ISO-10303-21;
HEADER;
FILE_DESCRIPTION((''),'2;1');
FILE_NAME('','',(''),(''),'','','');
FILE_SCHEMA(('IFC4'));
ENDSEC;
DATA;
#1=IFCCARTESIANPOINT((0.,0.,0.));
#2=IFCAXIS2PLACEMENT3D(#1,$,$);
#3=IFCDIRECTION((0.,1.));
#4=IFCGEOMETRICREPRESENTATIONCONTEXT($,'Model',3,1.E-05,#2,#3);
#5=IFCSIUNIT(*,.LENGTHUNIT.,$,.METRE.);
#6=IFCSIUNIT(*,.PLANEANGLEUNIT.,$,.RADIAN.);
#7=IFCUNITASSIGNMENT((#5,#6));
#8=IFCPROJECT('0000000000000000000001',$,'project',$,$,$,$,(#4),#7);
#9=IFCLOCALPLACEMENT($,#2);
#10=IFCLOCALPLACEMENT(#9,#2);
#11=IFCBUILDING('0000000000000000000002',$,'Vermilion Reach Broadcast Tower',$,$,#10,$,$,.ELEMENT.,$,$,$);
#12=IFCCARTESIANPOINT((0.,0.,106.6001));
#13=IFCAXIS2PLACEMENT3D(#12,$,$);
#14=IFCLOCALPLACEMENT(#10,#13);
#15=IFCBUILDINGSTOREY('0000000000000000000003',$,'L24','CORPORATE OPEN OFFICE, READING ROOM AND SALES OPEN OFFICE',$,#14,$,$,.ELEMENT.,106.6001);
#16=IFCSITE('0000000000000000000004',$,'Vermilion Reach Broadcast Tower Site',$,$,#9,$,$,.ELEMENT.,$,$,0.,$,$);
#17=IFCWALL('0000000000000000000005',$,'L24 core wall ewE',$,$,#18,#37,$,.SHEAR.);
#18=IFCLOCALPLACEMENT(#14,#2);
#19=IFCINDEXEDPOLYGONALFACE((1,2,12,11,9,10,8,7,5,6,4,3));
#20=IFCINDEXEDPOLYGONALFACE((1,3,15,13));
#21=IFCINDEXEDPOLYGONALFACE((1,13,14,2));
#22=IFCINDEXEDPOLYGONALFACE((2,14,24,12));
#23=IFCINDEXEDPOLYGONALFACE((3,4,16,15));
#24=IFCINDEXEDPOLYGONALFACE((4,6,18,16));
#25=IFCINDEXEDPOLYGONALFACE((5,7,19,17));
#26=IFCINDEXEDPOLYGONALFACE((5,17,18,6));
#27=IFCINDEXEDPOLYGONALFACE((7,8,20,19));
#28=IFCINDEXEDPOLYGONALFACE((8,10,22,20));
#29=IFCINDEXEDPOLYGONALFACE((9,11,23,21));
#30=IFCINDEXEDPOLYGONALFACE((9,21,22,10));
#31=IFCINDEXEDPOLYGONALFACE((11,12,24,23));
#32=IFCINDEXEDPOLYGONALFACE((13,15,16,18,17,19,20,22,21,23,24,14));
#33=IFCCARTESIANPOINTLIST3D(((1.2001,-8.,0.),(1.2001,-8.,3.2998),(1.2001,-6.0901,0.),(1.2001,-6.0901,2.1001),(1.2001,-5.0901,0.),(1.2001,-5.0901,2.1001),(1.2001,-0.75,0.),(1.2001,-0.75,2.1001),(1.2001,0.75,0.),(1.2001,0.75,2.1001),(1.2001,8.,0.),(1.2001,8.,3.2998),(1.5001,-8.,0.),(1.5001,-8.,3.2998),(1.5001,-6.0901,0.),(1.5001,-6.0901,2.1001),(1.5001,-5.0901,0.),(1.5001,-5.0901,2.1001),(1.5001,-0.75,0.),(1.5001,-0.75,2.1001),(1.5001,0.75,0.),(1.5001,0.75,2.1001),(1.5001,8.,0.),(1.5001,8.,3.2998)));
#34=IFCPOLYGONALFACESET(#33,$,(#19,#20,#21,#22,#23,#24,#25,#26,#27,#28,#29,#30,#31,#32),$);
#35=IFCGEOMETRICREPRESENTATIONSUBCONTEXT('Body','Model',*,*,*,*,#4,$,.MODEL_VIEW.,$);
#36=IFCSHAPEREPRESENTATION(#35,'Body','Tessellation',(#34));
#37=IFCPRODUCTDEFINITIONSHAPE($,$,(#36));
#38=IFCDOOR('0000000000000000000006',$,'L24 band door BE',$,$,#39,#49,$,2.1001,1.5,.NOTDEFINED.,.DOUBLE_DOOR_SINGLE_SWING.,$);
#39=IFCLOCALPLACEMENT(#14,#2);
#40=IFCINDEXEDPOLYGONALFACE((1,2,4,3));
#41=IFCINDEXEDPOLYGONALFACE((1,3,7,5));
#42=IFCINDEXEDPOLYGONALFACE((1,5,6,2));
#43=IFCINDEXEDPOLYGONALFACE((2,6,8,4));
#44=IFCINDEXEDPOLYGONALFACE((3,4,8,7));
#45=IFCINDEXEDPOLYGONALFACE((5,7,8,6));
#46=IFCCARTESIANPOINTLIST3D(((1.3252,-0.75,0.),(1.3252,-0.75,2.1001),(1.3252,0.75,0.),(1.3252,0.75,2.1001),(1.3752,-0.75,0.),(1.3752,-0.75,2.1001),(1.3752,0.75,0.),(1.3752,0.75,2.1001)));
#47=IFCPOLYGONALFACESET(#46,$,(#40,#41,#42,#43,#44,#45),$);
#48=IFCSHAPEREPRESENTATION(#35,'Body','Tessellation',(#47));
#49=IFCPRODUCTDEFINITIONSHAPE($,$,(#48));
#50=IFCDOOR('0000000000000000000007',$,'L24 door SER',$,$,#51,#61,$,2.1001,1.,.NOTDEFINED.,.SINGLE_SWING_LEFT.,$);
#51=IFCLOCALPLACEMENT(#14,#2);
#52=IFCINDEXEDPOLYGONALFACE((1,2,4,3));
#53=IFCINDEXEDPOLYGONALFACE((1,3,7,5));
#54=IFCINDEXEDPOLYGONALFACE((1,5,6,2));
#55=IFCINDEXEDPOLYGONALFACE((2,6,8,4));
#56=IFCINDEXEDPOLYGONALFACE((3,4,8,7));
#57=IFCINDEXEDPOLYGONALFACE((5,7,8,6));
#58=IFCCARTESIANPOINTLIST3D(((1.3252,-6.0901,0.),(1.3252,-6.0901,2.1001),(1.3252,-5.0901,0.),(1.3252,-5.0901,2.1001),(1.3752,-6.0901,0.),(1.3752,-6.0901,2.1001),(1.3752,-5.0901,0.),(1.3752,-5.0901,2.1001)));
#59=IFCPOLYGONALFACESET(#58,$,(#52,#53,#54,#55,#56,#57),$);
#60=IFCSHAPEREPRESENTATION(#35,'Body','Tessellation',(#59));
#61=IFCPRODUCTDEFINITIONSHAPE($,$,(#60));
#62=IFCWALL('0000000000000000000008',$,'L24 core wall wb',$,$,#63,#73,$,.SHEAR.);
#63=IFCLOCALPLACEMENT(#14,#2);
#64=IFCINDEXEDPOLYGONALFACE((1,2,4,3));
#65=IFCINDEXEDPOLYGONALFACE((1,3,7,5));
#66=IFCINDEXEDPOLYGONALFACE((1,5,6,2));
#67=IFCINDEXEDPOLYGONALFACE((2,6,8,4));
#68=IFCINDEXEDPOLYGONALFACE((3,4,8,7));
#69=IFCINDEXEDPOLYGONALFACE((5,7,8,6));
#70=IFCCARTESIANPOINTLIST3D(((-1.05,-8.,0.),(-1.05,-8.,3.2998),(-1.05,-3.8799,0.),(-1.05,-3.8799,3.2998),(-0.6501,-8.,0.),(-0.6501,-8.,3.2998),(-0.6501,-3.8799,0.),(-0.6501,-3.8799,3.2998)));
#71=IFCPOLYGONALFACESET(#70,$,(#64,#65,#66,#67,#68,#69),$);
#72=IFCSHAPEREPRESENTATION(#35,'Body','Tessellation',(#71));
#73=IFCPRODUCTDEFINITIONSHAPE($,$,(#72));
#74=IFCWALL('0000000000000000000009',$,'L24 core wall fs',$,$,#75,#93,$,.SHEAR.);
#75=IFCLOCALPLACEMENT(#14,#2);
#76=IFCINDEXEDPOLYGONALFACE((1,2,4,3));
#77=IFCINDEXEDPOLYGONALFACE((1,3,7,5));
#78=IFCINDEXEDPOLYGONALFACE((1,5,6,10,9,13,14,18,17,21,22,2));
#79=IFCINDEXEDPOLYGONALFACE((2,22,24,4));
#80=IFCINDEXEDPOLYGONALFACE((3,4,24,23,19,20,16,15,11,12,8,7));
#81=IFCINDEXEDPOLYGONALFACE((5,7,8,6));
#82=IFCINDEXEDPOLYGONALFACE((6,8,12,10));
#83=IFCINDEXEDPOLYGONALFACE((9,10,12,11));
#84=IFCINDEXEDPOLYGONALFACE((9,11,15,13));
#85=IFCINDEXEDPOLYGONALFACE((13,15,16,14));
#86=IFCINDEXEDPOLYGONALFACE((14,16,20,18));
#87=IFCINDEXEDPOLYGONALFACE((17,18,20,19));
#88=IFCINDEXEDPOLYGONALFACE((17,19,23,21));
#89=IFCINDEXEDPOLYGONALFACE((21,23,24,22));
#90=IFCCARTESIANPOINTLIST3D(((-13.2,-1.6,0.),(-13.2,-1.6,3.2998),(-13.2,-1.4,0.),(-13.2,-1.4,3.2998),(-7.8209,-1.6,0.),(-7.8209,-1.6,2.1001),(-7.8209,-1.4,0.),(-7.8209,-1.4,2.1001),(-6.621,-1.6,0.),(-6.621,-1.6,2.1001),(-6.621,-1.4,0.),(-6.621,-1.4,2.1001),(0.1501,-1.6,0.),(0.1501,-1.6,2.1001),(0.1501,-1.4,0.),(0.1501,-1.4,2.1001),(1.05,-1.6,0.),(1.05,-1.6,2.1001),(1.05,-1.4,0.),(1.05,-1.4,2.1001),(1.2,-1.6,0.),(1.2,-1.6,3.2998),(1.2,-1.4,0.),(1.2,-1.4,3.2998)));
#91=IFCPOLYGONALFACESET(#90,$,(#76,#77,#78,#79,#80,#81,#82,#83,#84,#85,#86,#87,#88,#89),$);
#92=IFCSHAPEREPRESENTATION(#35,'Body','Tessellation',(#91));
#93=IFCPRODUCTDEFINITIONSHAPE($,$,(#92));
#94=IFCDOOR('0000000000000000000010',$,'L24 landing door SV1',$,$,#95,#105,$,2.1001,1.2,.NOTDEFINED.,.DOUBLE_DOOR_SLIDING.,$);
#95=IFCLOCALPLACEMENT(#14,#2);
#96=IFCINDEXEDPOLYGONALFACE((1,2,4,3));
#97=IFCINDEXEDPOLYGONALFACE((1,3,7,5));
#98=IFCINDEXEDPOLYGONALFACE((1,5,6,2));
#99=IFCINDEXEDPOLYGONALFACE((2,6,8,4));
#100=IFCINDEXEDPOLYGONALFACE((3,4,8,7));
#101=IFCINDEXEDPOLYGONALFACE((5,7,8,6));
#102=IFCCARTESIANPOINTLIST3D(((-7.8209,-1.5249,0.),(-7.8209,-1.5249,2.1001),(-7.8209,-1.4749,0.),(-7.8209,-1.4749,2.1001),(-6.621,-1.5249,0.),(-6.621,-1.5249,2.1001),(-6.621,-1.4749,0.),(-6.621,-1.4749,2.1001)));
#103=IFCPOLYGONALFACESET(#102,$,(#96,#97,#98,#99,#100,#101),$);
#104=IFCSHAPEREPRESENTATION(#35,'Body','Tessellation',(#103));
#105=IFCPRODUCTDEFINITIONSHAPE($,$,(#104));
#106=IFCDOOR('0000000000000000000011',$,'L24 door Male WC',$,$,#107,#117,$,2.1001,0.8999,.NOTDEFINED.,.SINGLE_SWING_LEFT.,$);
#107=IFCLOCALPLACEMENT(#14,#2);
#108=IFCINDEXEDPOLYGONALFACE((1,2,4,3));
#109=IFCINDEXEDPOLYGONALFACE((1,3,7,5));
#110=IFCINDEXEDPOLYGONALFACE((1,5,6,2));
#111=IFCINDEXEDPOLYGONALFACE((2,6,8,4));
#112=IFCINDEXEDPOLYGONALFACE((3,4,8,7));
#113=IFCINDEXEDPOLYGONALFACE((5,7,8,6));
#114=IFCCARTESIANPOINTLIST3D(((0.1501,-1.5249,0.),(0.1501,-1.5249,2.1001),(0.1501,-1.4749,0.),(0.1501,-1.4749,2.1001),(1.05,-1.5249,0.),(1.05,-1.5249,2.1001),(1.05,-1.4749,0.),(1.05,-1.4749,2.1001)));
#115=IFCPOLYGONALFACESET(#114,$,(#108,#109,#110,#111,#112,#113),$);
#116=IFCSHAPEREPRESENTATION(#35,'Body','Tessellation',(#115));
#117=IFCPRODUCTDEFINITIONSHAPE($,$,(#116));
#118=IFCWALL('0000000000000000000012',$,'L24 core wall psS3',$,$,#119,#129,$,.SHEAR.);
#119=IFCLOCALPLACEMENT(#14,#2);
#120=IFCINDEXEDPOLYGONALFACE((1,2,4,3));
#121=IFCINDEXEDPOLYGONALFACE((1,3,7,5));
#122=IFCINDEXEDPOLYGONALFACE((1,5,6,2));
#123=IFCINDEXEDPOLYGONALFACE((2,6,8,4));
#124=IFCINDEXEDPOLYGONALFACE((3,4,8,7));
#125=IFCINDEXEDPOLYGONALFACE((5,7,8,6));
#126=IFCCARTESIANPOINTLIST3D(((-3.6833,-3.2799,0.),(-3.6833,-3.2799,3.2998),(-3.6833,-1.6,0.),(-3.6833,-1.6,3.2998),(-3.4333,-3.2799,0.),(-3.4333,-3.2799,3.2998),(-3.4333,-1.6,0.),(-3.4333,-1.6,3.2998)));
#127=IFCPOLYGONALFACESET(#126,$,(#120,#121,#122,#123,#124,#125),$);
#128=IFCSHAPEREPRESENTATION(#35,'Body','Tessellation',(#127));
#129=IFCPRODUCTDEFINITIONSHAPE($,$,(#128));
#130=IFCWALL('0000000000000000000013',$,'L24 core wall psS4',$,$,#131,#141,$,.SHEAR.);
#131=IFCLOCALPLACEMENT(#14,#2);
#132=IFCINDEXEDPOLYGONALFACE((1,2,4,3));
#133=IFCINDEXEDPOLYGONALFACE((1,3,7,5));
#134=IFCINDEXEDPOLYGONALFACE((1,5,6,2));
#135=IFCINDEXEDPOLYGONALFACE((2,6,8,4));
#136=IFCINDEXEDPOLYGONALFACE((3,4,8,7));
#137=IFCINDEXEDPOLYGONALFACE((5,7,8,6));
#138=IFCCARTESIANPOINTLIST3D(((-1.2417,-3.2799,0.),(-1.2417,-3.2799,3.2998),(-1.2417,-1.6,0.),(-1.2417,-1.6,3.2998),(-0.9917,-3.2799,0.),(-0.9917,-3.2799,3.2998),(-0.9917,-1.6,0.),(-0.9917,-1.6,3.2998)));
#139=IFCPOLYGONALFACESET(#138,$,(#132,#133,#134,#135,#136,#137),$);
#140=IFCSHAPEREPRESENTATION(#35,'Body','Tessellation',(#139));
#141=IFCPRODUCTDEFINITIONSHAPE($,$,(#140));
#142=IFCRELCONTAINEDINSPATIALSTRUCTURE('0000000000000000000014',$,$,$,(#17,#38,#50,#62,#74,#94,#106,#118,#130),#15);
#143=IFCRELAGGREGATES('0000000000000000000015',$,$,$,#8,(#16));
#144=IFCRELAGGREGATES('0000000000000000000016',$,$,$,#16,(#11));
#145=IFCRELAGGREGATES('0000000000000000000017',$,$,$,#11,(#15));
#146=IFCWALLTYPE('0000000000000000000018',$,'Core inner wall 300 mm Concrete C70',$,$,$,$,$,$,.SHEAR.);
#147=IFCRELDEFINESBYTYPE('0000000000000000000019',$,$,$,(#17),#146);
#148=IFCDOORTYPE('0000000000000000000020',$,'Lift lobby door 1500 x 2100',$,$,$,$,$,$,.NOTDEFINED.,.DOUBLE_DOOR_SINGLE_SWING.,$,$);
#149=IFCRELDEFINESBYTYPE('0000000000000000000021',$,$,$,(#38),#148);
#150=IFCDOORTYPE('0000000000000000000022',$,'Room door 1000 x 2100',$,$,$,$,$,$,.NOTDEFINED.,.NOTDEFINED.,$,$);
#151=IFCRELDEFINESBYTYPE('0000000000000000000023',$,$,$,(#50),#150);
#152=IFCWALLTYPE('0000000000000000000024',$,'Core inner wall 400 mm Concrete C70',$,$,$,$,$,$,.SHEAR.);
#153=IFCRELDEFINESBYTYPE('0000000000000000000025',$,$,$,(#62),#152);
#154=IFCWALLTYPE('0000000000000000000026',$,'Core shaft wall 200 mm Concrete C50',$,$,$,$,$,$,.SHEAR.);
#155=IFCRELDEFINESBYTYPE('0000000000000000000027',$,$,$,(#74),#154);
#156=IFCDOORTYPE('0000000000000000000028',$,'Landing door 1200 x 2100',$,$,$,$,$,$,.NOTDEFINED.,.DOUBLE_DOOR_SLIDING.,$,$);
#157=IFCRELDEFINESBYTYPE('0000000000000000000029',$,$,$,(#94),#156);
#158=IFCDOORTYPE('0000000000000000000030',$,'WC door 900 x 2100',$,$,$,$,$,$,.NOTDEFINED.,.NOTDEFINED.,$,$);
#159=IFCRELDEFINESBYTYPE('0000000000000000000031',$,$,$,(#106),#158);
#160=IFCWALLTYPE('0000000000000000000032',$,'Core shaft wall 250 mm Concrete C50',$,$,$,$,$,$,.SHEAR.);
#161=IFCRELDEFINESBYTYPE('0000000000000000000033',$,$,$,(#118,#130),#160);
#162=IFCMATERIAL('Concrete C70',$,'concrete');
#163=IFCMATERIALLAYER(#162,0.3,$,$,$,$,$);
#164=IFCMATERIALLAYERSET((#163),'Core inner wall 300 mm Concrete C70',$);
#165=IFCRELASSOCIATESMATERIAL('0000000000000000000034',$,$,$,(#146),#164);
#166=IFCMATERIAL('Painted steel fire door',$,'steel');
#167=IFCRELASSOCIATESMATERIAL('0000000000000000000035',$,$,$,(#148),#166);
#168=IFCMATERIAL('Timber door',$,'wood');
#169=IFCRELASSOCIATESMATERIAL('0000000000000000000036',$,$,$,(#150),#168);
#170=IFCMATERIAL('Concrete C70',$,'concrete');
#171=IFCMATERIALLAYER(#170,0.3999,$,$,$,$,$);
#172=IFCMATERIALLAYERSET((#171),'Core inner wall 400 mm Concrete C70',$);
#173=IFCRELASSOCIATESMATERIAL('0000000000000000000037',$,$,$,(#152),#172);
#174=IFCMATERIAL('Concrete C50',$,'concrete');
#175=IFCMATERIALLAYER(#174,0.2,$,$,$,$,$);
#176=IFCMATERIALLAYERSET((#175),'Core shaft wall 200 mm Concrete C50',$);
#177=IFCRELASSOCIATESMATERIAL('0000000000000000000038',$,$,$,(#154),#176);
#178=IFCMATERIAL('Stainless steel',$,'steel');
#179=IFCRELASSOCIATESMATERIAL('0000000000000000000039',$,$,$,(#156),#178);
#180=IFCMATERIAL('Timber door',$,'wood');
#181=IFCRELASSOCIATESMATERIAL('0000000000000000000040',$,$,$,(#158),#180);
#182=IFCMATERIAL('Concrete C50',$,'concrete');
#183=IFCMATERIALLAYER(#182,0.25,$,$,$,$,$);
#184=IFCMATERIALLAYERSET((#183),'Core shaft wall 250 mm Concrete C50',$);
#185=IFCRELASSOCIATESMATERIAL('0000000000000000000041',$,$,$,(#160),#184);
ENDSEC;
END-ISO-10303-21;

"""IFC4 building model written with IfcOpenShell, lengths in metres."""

from ifc_helpers import new_model, si_unit, direction, frame, frame_2d, origin, place, context, subcontext, project, spatial, rectangle, extrude, material, layer, layer_set, type_object, element, fill, save


model = new_model("IFC4")

# Units and contexts
model_context = context("Model", 3, precision=1e-05, world=origin(), true_north=direction((0.0, 1.0)))
body_context = subcontext(model_context, "Body", "Model", "MODEL_VIEW")
ifc_project = project(units=[si_unit("LENGTHUNIT", "METRE"), si_unit("PLANEANGLEUNIT", "RADIAN")], contexts=[model_context])

# Site, building, storey
site_placement = place(None, origin())
site = spatial("IfcSite", under=ifc_project, at=site_placement, Name="Vermilion Reach Broadcast Tower Site", CompositionType="ELEMENT", RefElevation=0.0)
building_placement = place(site_placement, origin())
building = spatial("IfcBuilding", under=site, at=building_placement, Name="Vermilion Reach Broadcast Tower", CompositionType="ELEMENT")
storey_placement = place(building_placement, frame((0.0, 0.0, 106.6001)))
storey = spatial("IfcBuildingStorey", under=building, at=storey_placement, Name="L24", Description="CORPORATE OPEN OFFICE, READING ROOM AND SALES OPEN OFFICE", CompositionType="ELEMENT", Elevation=106.6001)

# Wall, openings, doors
ifc_material_1 = material(Name="Concrete C70", Category="concrete")
ifc_layer_1 = layer(ifc_material_1, 0.3)
ifc_layer_set_1 = layer_set([ifc_layer_1], Name="Core inner wall 300 mm Concrete C70")
wall_type_1 = type_object("IfcWallType", Name="Core inner wall 300 mm Concrete C70", PredefinedType="SHEAR", material=ifc_layer_set_1)
wall_1_placement = place(storey_placement, frame((1.3501, -8.0, 0.0), z_axis=(0.0, 0.0, 1.0), x_axis=(0.0, 1.0, 0.0)))
wall_1 = element("IfcWall", 1, at=wall_1_placement, inside=storey, type_object=wall_type_1, Name="L24 core wall ewE", PredefinedType="SHEAR", context=body_context, shape_type="SweptSolid", body=[
    extrude(rectangle(XDim=16.0, YDim=0.3, at=frame_2d((8.0, 0.0))), origin(), (0.0, 0.0, 1.0), 3.2998),
])
opening_1_placement = place(wall_1_placement, frame((1.9099, 0.0, 0.0)))
opening_1 = element("IfcOpeningElement", 2, at=opening_1_placement, cuts=wall_1, PredefinedType="OPENING", context=body_context, shape_type="SweptSolid", body=[
    extrude(rectangle(XDim=1.0, YDim=2.1001, at=frame_2d((0.5, 1.05))), frame((0.0, 0.1599, 0.0), z_axis=(0.0, -1.0, 0.0), x_axis=(1.0, 0.0, 0.0)), (0.0, 0.0, 1.0), 0.3201),
])
opening_2_placement = place(wall_1_placement, frame((7.25, 0.0, 0.0)))
opening_2 = element("IfcOpeningElement", 3, at=opening_2_placement, cuts=wall_1, PredefinedType="OPENING", context=body_context, shape_type="SweptSolid", body=[
    extrude(rectangle(XDim=1.5, YDim=2.1001, at=frame_2d((0.75, 1.05))), frame((0.0, 0.1599, 0.0), z_axis=(0.0, -1.0, 0.0), x_axis=(1.0, 0.0, 0.0)), (0.0, 0.0, 1.0), 0.3201),
])
ifc_material_2 = material(Name="Painted steel fire door", Category="steel")
door_type_1 = type_object("IfcDoorType", Name="Lift lobby door 1500 x 2100", OperationType="DOUBLE_DOOR_SINGLE_SWING", PredefinedType="NOTDEFINED", material=ifc_material_2)
door_1_placement = place(opening_2_placement, origin())
door_1 = element("IfcDoor", 4, at=door_1_placement, inside=storey, type_object=door_type_1, Name="L24 band door BE", OperationType="DOUBLE_DOOR_SINGLE_SWING", OverallHeight=2.1001, OverallWidth=1.5, PredefinedType="NOTDEFINED", context=body_context, shape_type="SweptSolid", body=[
    extrude(rectangle(XDim=1.5, YDim=2.1001, at=frame_2d((0.75, 1.05))), frame((0.0, 0.0249, 0.0), z_axis=(0.0, -1.0, 0.0), x_axis=(1.0, 0.0, 0.0)), (0.0, 0.0, 1.0), 0.05),
])
fill(opening_2, door_1)
ifc_material_3 = material(Name="Timber door", Category="wood")
door_type_2 = type_object("IfcDoorType", Name="Room door 1000 x 2100", OperationType="NOTDEFINED", PredefinedType="NOTDEFINED", material=ifc_material_3)
door_2_placement = place(opening_1_placement, origin())
door_2 = element("IfcDoor", 5, at=door_2_placement, inside=storey, type_object=door_type_2, Name="L24 door SER", OperationType="SINGLE_SWING_LEFT", OverallHeight=2.1001, OverallWidth=1.0, PredefinedType="NOTDEFINED", context=body_context, shape_type="SweptSolid", body=[
    extrude(rectangle(XDim=1.0, YDim=2.1001, at=frame_2d((0.5, 1.05))), frame((0.0, 0.0249, 0.0), z_axis=(0.0, -1.0, 0.0), x_axis=(1.0, 0.0, 0.0)), (0.0, 0.0, 1.0), 0.05),
])
fill(opening_1, door_2)

# Wall
ifc_material_4 = material(Name="Concrete C70", Category="concrete")
ifc_layer_2 = layer(ifc_material_4, 0.3999)
ifc_layer_set_2 = layer_set([ifc_layer_2], Name="Core inner wall 400 mm Concrete C70")
wall_type_2 = type_object("IfcWallType", Name="Core inner wall 400 mm Concrete C70", PredefinedType="SHEAR", material=ifc_layer_set_2)
wall_2_placement = place(storey_placement, frame((-0.8501, -3.8799, 0.0), z_axis=(0.0, 0.0, 1.0), x_axis=(0.0, -1.0, 0.0)))
element("IfcWall", 6, at=wall_2_placement, inside=storey, type_object=wall_type_2, Name="L24 core wall wb", PredefinedType="SHEAR", context=body_context, shape_type="SweptSolid", body=[
    extrude(rectangle(XDim=4.1201, YDim=0.3999, at=frame_2d((2.0601, 0.0))), origin(), (0.0, 0.0, 1.0), 3.2998),
])

# Wall, openings, doors
ifc_material_5 = material(Name="Concrete C50", Category="concrete")
ifc_layer_3 = layer(ifc_material_5, 0.2)
ifc_layer_set_3 = layer_set([ifc_layer_3], Name="Core shaft wall 200 mm Concrete C50")
wall_type_3 = type_object("IfcWallType", Name="Core shaft wall 200 mm Concrete C50", PredefinedType="SHEAR", material=ifc_layer_set_3)
wall_3_placement = place(storey_placement, frame((1.2, -1.5, 0.0), z_axis=(0.0, 0.0, 1.0), x_axis=(-1.0, 0.0, 0.0)))
wall_3 = element("IfcWall", 7, at=wall_3_placement, inside=storey, type_object=wall_type_3, Name="L24 core wall fs", PredefinedType="SHEAR", context=body_context, shape_type="SweptSolid", body=[
    extrude(rectangle(XDim=14.3999, YDim=0.2, at=frame_2d((7.2, 0.0))), origin(), (0.0, 0.0, 1.0), 3.2998),
])
opening_3_placement = place(wall_3_placement, frame((7.8208, 0.0, 0.0)))
opening_3 = element("IfcOpeningElement", 8, at=opening_3_placement, cuts=wall_3, PredefinedType="OPENING", context=body_context, shape_type="SweptSolid", body=[
    extrude(rectangle(XDim=1.2, YDim=2.1001, at=frame_2d((0.6001, 1.05))), frame((0.0, 0.1099, 0.0), z_axis=(0.0, -1.0, 0.0), x_axis=(1.0, 0.0, 0.0)), (0.0, 0.0, 1.0), 0.22),
])
opening_4_placement = place(wall_3_placement, frame((0.1499, 0.0, 0.0)))
opening_4 = element("IfcOpeningElement", 9, at=opening_4_placement, cuts=wall_3, PredefinedType="OPENING", context=body_context, shape_type="SweptSolid", body=[
    extrude(rectangle(XDim=0.8999, YDim=2.1001, at=frame_2d((0.45, 1.05))), frame((0.0, 0.1099, 0.0), z_axis=(0.0, -1.0, 0.0), x_axis=(1.0, 0.0, 0.0)), (0.0, 0.0, 1.0), 0.22),
])
ifc_material_6 = material(Name="Stainless steel", Category="steel")
door_type_3 = type_object("IfcDoorType", Name="Landing door 1200 x 2100", OperationType="DOUBLE_DOOR_SLIDING", PredefinedType="NOTDEFINED", material=ifc_material_6)
door_3_placement = place(opening_3_placement, origin())
door_3 = element("IfcDoor", 10, at=door_3_placement, inside=storey, type_object=door_type_3, Name="L24 landing door SV1", OperationType="DOUBLE_DOOR_SLIDING", OverallHeight=2.1001, OverallWidth=1.2, PredefinedType="NOTDEFINED", context=body_context, shape_type="SweptSolid", body=[
    extrude(rectangle(XDim=1.2, YDim=2.1001, at=frame_2d((0.6001, 1.05))), frame((0.0, 0.0249, 0.0), z_axis=(0.0, -1.0, 0.0), x_axis=(1.0, 0.0, 0.0)), (0.0, 0.0, 1.0), 0.05),
])
fill(opening_3, door_3)
ifc_material_7 = material(Name="Timber door", Category="wood")
door_type_4 = type_object("IfcDoorType", Name="WC door 900 x 2100", OperationType="NOTDEFINED", PredefinedType="NOTDEFINED", material=ifc_material_7)
door_4_placement = place(opening_4_placement, origin())
door_4 = element("IfcDoor", 11, at=door_4_placement, inside=storey, type_object=door_type_4, Name="L24 door Male WC", OperationType="SINGLE_SWING_LEFT", OverallHeight=2.1001, OverallWidth=0.8999, PredefinedType="NOTDEFINED", context=body_context, shape_type="SweptSolid", body=[
    extrude(rectangle(XDim=0.8999, YDim=2.1001, at=frame_2d((0.45, 1.05))), frame((0.0, 0.0249, 0.0), z_axis=(0.0, -1.0, 0.0), x_axis=(1.0, 0.0, 0.0)), (0.0, 0.0, 1.0), 0.05),
])
fill(opening_4, door_4)

# Walls
ifc_material_8 = material(Name="Concrete C50", Category="concrete")
ifc_layer_4 = layer(ifc_material_8, 0.25)
ifc_layer_set_4 = layer_set([ifc_layer_4], Name="Core shaft wall 250 mm Concrete C50")
wall_type_4 = type_object("IfcWallType", Name="Core shaft wall 250 mm Concrete C50", PredefinedType="SHEAR", material=ifc_layer_set_4)
for number, where, z_axis, x_axis, name in (
    (12, (-3.5583, -1.6001, 0.0), (0.0, 0.0, 1.0), (0.0, -1.0, 0.0), "L24 core wall psS3"),
    (13, (-1.1167, -1.6001, 0.0), (0.0, 0.0, 1.0), (0.0, -1.0, 0.0), "L24 core wall psS4"),
):
    element("IfcWall", number, at=place(storey_placement, frame(where, z_axis=z_axis, x_axis=x_axis)), inside=storey, type_object=wall_type_4, Name=name, PredefinedType="SHEAR", context=body_context, shape_type="SweptSolid", body=[
        extrude(rectangle(XDim=1.6799, YDim=0.25, at=frame_2d((0.8398, 0.0))), origin(), (0.0, 0.0, 1.0), 3.2998),
    ])

save(model, "model.ifc")
